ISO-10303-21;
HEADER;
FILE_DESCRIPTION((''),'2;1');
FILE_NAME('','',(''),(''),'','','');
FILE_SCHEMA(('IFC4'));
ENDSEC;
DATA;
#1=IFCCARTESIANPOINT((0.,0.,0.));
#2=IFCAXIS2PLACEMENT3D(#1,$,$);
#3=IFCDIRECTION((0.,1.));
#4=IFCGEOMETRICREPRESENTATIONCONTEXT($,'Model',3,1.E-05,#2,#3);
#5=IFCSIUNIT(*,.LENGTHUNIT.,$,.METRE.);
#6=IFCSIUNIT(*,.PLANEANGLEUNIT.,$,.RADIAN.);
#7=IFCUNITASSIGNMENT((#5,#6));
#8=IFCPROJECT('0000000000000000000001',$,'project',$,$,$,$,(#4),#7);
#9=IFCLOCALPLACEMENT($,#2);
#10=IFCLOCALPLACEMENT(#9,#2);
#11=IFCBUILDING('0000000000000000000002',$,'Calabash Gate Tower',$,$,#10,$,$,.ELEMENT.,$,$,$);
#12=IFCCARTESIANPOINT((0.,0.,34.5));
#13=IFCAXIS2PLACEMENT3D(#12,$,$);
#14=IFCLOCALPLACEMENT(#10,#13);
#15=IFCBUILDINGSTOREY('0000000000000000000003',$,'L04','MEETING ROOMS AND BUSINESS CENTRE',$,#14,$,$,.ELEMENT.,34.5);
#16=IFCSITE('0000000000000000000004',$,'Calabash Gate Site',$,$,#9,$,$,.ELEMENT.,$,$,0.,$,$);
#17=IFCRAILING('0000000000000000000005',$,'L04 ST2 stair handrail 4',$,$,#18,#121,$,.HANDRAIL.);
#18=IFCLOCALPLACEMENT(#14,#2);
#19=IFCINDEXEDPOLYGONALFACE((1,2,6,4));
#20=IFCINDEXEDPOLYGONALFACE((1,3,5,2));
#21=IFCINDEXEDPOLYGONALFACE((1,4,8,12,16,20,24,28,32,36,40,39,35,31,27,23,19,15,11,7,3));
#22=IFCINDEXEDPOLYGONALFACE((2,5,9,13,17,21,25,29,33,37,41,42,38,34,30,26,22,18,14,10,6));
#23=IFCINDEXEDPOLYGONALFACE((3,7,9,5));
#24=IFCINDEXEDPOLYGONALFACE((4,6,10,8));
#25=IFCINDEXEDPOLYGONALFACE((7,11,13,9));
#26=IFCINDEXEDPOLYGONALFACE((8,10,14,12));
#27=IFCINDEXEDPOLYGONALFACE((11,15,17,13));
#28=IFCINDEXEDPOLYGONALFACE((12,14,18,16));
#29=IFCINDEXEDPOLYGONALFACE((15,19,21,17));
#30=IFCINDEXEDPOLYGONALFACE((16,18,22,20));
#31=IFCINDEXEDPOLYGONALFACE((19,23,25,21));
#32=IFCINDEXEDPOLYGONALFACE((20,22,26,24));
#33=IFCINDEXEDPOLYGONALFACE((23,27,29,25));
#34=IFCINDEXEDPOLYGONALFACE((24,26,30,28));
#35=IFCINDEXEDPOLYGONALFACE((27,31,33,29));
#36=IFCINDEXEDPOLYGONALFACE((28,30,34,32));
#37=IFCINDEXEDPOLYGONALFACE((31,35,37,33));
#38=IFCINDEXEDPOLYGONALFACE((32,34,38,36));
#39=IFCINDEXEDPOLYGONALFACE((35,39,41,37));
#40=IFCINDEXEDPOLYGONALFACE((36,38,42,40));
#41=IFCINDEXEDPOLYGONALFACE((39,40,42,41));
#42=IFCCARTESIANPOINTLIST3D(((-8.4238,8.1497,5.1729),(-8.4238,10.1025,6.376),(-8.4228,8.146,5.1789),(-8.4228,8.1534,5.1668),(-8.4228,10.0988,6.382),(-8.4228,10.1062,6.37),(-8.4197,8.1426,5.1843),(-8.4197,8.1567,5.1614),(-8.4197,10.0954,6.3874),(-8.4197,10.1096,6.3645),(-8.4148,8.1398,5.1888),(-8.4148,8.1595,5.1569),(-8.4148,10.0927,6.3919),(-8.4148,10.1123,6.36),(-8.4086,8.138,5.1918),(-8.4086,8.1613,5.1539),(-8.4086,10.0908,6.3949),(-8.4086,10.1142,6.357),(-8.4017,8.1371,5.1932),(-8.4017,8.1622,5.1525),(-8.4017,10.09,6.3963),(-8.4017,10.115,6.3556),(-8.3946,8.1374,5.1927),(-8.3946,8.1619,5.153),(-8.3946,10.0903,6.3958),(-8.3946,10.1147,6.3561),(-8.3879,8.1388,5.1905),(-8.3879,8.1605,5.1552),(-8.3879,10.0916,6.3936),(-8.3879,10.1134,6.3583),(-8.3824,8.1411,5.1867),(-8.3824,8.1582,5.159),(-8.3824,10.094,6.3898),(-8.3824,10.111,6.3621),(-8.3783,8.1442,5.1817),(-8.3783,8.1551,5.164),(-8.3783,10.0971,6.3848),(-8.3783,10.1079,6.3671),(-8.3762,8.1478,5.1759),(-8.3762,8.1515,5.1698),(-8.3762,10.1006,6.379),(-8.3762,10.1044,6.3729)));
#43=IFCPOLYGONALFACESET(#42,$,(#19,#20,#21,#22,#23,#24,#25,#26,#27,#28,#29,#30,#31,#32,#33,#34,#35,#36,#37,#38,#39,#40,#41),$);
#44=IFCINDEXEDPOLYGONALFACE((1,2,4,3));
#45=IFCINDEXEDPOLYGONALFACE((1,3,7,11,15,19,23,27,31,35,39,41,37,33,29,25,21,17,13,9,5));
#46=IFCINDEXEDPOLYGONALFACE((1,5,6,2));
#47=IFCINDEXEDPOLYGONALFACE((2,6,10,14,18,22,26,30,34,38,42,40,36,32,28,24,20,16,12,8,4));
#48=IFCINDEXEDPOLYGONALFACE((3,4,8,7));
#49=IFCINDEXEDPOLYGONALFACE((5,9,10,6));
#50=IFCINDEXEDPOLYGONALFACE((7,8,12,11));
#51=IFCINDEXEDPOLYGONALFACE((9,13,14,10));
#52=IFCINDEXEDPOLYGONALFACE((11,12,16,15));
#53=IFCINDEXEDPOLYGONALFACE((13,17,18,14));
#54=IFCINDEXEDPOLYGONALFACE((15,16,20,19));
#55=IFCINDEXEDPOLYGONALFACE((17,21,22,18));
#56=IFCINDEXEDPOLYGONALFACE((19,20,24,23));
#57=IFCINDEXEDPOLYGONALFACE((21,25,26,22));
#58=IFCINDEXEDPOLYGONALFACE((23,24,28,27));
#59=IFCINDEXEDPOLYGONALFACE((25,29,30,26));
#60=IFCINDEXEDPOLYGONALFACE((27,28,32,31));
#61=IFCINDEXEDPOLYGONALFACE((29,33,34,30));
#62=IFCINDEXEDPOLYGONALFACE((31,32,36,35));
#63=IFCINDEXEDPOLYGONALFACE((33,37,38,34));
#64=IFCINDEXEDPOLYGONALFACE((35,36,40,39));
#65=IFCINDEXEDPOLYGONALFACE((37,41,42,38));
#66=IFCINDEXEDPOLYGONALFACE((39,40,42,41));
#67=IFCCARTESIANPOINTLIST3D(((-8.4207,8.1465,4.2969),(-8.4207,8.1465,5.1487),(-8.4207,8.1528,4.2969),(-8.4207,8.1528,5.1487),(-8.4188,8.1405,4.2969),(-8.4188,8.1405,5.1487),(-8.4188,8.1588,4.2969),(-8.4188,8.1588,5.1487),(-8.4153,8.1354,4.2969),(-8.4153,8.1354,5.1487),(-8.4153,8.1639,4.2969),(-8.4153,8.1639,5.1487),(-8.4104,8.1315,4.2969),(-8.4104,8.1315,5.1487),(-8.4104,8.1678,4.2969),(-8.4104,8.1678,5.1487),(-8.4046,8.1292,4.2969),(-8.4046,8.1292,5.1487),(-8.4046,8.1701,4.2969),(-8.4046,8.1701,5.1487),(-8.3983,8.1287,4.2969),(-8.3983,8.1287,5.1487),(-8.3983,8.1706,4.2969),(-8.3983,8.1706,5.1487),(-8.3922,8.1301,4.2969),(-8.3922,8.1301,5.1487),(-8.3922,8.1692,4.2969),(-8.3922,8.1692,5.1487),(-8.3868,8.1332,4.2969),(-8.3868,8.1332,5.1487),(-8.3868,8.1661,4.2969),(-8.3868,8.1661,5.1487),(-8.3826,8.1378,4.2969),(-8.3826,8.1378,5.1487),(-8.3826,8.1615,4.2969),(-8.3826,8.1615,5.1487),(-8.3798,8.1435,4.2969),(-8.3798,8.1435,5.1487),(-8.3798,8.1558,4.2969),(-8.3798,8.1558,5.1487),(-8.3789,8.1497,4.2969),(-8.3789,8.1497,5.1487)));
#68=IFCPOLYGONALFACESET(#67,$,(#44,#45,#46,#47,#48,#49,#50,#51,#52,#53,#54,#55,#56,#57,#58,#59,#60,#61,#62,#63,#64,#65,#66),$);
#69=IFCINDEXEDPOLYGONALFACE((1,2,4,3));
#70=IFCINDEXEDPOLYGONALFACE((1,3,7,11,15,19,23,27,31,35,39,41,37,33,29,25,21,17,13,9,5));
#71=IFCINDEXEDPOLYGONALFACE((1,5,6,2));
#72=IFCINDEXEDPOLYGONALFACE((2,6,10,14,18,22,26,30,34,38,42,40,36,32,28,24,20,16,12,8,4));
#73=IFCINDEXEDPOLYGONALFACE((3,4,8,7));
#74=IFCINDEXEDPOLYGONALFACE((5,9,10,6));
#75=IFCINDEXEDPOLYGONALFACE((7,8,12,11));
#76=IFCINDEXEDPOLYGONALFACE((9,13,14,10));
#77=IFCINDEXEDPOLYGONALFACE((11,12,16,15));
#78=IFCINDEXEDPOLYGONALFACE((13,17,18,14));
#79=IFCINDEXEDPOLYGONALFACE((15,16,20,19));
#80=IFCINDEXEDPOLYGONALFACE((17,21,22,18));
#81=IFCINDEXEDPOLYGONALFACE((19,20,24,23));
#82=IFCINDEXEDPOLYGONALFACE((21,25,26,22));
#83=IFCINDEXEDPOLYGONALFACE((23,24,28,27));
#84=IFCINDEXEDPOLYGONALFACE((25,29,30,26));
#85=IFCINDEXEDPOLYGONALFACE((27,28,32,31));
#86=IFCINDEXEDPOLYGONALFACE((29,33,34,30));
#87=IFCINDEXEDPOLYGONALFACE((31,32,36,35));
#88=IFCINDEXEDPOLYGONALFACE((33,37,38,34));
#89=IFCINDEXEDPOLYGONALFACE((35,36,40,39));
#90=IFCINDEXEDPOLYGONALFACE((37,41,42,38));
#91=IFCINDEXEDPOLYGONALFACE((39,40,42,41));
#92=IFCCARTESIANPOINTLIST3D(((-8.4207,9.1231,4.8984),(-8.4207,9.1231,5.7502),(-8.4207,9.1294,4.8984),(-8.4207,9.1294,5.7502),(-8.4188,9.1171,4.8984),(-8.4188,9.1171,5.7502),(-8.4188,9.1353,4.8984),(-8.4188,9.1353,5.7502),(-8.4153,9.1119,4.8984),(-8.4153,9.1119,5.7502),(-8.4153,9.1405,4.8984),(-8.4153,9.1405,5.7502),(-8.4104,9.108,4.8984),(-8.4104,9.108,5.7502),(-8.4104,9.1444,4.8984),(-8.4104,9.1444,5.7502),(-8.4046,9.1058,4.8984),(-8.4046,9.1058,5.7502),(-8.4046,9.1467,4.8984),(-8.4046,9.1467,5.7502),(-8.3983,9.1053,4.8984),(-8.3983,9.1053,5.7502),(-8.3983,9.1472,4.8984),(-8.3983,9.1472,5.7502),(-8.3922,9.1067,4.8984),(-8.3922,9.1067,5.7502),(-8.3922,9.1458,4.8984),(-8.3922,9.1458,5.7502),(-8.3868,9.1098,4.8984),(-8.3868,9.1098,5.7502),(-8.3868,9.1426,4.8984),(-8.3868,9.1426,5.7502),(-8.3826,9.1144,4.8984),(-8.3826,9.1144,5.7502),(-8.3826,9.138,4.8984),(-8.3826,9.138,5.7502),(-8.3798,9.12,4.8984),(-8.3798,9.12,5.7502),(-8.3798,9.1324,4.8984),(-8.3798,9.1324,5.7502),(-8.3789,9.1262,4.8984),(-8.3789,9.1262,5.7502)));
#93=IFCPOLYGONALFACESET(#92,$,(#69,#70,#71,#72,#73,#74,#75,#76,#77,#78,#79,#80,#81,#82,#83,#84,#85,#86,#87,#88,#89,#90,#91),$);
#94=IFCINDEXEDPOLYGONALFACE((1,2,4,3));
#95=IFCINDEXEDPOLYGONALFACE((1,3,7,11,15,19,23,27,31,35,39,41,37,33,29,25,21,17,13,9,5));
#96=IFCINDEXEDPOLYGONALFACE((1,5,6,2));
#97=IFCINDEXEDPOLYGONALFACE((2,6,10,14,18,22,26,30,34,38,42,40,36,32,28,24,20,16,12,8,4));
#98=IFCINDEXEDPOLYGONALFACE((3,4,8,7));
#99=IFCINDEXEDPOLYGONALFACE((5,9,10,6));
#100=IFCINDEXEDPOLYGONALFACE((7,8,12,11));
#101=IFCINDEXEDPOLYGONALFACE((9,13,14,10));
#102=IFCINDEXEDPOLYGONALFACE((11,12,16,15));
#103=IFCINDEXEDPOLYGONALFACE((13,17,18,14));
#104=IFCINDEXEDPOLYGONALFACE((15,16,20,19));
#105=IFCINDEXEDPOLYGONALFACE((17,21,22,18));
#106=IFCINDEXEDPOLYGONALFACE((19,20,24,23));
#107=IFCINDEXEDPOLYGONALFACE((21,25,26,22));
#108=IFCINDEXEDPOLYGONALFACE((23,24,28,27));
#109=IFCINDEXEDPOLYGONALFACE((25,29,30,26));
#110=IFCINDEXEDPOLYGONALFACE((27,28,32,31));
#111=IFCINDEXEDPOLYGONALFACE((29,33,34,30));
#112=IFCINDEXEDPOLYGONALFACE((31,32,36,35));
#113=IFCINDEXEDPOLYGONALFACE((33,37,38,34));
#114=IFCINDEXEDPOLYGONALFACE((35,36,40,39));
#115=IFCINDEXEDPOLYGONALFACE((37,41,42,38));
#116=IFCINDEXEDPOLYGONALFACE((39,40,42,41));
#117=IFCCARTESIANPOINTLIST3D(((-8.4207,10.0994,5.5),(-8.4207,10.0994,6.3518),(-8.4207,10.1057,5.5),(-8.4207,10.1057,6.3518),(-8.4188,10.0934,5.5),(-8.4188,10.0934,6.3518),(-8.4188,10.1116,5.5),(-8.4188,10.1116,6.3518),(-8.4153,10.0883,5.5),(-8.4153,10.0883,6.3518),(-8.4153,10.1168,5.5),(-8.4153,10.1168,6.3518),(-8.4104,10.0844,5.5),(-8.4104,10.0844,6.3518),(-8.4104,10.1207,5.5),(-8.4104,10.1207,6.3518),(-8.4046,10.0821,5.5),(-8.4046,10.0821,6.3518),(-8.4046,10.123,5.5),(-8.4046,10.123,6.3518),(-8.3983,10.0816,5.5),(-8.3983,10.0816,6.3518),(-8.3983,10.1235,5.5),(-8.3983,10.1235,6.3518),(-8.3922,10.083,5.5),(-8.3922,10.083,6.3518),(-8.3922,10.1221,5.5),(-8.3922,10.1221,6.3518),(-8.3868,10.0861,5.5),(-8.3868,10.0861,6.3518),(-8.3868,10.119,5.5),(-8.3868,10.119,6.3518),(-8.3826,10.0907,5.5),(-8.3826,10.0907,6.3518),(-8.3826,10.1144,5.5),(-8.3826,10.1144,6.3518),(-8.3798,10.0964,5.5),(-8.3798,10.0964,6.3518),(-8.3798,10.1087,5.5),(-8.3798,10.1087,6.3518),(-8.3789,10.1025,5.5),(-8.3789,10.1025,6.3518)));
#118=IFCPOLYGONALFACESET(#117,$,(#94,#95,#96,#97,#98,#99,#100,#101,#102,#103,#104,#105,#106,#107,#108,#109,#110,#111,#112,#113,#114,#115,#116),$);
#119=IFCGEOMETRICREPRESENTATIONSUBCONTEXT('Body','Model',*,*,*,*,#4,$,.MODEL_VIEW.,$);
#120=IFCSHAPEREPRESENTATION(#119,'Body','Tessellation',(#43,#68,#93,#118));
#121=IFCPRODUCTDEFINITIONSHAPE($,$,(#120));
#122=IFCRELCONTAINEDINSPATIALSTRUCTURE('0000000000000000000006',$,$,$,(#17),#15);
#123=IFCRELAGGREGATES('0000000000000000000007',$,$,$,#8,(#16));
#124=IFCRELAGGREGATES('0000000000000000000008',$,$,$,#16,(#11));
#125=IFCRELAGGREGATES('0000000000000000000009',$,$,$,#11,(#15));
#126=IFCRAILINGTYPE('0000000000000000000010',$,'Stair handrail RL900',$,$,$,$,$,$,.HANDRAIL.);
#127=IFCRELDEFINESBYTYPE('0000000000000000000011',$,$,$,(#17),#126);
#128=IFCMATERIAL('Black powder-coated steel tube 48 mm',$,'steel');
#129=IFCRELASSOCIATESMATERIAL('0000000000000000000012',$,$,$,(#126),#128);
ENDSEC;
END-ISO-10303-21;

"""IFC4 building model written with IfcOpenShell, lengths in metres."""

from ifc_helpers import new_model, si_unit, direction, frame, origin, origin_2d, place, context, subcontext, project, spatial, circle, extrude, material, type_object, element, save


model = new_model("IFC4")

# Units and contexts
model_context = context("Model", 3, precision=1e-05, world=origin(), true_north=direction((0.0, 1.0)))
body_context = subcontext(model_context, "Body", "Model", "MODEL_VIEW")
ifc_project = project(units=[si_unit("LENGTHUNIT", "METRE"), si_unit("PLANEANGLEUNIT", "RADIAN")], contexts=[model_context])

# Site, building, storey
site_placement = place(None, origin())
site = spatial("IfcSite", under=ifc_project, at=site_placement, Name="Calabash Gate Site", CompositionType="ELEMENT", RefElevation=0.0)
building_placement = place(site_placement, origin())
building = spatial("IfcBuilding", under=site, at=building_placement, Name="Calabash Gate Tower", CompositionType="ELEMENT")
storey_placement = place(building_placement, frame((0.0, 0.0, 34.5)))
storey = spatial("IfcBuildingStorey", under=building, at=storey_placement, Name="L04", Description="MEETING ROOMS AND BUSINESS CENTRE", CompositionType="ELEMENT", Elevation=34.5)

# Railing
ifc_material_1 = material(Name="Black powder-coated steel tube 48 mm", Category="steel")
railing_type_1 = type_object("IfcRailingType", Name="Stair handrail RL900", PredefinedType="HANDRAIL", material=ifc_material_1)
railing_1_placement = place(storey_placement, frame((-8.3999, 8.1497, 4.2969)))
element("IfcRailing", 1, at=railing_1_placement, inside=storey, type_object=railing_type_1, Name="L04 ST2 stair handrail 4", PredefinedType="HANDRAIL", context=body_context, shape_type="SweptSolid", body=[
    extrude(circle(Radius=0.0239, at=origin_2d()), frame((0.0, 0.0, 0.876), z_axis=(0.0, 0.851395, 0.524525), x_axis=(-1.0, 0.0, 0.0)), (0.0, 0.0, 1.0), 2.2937),
    extrude(circle(Radius=0.021, at=origin_2d()), origin(), (0.0, 0.0, 1.0), 0.8518),
    extrude(circle(Radius=0.021, at=origin_2d()), frame((0.0, 0.9766, 0.6016)), (0.0, 0.0, 1.0), 0.8518),
    extrude(circle(Radius=0.021, at=origin_2d()), frame((0.0, 1.9529, 1.2031)), (0.0, 0.0, 1.0), 0.8518),
])

save(model, "model.ifc")
